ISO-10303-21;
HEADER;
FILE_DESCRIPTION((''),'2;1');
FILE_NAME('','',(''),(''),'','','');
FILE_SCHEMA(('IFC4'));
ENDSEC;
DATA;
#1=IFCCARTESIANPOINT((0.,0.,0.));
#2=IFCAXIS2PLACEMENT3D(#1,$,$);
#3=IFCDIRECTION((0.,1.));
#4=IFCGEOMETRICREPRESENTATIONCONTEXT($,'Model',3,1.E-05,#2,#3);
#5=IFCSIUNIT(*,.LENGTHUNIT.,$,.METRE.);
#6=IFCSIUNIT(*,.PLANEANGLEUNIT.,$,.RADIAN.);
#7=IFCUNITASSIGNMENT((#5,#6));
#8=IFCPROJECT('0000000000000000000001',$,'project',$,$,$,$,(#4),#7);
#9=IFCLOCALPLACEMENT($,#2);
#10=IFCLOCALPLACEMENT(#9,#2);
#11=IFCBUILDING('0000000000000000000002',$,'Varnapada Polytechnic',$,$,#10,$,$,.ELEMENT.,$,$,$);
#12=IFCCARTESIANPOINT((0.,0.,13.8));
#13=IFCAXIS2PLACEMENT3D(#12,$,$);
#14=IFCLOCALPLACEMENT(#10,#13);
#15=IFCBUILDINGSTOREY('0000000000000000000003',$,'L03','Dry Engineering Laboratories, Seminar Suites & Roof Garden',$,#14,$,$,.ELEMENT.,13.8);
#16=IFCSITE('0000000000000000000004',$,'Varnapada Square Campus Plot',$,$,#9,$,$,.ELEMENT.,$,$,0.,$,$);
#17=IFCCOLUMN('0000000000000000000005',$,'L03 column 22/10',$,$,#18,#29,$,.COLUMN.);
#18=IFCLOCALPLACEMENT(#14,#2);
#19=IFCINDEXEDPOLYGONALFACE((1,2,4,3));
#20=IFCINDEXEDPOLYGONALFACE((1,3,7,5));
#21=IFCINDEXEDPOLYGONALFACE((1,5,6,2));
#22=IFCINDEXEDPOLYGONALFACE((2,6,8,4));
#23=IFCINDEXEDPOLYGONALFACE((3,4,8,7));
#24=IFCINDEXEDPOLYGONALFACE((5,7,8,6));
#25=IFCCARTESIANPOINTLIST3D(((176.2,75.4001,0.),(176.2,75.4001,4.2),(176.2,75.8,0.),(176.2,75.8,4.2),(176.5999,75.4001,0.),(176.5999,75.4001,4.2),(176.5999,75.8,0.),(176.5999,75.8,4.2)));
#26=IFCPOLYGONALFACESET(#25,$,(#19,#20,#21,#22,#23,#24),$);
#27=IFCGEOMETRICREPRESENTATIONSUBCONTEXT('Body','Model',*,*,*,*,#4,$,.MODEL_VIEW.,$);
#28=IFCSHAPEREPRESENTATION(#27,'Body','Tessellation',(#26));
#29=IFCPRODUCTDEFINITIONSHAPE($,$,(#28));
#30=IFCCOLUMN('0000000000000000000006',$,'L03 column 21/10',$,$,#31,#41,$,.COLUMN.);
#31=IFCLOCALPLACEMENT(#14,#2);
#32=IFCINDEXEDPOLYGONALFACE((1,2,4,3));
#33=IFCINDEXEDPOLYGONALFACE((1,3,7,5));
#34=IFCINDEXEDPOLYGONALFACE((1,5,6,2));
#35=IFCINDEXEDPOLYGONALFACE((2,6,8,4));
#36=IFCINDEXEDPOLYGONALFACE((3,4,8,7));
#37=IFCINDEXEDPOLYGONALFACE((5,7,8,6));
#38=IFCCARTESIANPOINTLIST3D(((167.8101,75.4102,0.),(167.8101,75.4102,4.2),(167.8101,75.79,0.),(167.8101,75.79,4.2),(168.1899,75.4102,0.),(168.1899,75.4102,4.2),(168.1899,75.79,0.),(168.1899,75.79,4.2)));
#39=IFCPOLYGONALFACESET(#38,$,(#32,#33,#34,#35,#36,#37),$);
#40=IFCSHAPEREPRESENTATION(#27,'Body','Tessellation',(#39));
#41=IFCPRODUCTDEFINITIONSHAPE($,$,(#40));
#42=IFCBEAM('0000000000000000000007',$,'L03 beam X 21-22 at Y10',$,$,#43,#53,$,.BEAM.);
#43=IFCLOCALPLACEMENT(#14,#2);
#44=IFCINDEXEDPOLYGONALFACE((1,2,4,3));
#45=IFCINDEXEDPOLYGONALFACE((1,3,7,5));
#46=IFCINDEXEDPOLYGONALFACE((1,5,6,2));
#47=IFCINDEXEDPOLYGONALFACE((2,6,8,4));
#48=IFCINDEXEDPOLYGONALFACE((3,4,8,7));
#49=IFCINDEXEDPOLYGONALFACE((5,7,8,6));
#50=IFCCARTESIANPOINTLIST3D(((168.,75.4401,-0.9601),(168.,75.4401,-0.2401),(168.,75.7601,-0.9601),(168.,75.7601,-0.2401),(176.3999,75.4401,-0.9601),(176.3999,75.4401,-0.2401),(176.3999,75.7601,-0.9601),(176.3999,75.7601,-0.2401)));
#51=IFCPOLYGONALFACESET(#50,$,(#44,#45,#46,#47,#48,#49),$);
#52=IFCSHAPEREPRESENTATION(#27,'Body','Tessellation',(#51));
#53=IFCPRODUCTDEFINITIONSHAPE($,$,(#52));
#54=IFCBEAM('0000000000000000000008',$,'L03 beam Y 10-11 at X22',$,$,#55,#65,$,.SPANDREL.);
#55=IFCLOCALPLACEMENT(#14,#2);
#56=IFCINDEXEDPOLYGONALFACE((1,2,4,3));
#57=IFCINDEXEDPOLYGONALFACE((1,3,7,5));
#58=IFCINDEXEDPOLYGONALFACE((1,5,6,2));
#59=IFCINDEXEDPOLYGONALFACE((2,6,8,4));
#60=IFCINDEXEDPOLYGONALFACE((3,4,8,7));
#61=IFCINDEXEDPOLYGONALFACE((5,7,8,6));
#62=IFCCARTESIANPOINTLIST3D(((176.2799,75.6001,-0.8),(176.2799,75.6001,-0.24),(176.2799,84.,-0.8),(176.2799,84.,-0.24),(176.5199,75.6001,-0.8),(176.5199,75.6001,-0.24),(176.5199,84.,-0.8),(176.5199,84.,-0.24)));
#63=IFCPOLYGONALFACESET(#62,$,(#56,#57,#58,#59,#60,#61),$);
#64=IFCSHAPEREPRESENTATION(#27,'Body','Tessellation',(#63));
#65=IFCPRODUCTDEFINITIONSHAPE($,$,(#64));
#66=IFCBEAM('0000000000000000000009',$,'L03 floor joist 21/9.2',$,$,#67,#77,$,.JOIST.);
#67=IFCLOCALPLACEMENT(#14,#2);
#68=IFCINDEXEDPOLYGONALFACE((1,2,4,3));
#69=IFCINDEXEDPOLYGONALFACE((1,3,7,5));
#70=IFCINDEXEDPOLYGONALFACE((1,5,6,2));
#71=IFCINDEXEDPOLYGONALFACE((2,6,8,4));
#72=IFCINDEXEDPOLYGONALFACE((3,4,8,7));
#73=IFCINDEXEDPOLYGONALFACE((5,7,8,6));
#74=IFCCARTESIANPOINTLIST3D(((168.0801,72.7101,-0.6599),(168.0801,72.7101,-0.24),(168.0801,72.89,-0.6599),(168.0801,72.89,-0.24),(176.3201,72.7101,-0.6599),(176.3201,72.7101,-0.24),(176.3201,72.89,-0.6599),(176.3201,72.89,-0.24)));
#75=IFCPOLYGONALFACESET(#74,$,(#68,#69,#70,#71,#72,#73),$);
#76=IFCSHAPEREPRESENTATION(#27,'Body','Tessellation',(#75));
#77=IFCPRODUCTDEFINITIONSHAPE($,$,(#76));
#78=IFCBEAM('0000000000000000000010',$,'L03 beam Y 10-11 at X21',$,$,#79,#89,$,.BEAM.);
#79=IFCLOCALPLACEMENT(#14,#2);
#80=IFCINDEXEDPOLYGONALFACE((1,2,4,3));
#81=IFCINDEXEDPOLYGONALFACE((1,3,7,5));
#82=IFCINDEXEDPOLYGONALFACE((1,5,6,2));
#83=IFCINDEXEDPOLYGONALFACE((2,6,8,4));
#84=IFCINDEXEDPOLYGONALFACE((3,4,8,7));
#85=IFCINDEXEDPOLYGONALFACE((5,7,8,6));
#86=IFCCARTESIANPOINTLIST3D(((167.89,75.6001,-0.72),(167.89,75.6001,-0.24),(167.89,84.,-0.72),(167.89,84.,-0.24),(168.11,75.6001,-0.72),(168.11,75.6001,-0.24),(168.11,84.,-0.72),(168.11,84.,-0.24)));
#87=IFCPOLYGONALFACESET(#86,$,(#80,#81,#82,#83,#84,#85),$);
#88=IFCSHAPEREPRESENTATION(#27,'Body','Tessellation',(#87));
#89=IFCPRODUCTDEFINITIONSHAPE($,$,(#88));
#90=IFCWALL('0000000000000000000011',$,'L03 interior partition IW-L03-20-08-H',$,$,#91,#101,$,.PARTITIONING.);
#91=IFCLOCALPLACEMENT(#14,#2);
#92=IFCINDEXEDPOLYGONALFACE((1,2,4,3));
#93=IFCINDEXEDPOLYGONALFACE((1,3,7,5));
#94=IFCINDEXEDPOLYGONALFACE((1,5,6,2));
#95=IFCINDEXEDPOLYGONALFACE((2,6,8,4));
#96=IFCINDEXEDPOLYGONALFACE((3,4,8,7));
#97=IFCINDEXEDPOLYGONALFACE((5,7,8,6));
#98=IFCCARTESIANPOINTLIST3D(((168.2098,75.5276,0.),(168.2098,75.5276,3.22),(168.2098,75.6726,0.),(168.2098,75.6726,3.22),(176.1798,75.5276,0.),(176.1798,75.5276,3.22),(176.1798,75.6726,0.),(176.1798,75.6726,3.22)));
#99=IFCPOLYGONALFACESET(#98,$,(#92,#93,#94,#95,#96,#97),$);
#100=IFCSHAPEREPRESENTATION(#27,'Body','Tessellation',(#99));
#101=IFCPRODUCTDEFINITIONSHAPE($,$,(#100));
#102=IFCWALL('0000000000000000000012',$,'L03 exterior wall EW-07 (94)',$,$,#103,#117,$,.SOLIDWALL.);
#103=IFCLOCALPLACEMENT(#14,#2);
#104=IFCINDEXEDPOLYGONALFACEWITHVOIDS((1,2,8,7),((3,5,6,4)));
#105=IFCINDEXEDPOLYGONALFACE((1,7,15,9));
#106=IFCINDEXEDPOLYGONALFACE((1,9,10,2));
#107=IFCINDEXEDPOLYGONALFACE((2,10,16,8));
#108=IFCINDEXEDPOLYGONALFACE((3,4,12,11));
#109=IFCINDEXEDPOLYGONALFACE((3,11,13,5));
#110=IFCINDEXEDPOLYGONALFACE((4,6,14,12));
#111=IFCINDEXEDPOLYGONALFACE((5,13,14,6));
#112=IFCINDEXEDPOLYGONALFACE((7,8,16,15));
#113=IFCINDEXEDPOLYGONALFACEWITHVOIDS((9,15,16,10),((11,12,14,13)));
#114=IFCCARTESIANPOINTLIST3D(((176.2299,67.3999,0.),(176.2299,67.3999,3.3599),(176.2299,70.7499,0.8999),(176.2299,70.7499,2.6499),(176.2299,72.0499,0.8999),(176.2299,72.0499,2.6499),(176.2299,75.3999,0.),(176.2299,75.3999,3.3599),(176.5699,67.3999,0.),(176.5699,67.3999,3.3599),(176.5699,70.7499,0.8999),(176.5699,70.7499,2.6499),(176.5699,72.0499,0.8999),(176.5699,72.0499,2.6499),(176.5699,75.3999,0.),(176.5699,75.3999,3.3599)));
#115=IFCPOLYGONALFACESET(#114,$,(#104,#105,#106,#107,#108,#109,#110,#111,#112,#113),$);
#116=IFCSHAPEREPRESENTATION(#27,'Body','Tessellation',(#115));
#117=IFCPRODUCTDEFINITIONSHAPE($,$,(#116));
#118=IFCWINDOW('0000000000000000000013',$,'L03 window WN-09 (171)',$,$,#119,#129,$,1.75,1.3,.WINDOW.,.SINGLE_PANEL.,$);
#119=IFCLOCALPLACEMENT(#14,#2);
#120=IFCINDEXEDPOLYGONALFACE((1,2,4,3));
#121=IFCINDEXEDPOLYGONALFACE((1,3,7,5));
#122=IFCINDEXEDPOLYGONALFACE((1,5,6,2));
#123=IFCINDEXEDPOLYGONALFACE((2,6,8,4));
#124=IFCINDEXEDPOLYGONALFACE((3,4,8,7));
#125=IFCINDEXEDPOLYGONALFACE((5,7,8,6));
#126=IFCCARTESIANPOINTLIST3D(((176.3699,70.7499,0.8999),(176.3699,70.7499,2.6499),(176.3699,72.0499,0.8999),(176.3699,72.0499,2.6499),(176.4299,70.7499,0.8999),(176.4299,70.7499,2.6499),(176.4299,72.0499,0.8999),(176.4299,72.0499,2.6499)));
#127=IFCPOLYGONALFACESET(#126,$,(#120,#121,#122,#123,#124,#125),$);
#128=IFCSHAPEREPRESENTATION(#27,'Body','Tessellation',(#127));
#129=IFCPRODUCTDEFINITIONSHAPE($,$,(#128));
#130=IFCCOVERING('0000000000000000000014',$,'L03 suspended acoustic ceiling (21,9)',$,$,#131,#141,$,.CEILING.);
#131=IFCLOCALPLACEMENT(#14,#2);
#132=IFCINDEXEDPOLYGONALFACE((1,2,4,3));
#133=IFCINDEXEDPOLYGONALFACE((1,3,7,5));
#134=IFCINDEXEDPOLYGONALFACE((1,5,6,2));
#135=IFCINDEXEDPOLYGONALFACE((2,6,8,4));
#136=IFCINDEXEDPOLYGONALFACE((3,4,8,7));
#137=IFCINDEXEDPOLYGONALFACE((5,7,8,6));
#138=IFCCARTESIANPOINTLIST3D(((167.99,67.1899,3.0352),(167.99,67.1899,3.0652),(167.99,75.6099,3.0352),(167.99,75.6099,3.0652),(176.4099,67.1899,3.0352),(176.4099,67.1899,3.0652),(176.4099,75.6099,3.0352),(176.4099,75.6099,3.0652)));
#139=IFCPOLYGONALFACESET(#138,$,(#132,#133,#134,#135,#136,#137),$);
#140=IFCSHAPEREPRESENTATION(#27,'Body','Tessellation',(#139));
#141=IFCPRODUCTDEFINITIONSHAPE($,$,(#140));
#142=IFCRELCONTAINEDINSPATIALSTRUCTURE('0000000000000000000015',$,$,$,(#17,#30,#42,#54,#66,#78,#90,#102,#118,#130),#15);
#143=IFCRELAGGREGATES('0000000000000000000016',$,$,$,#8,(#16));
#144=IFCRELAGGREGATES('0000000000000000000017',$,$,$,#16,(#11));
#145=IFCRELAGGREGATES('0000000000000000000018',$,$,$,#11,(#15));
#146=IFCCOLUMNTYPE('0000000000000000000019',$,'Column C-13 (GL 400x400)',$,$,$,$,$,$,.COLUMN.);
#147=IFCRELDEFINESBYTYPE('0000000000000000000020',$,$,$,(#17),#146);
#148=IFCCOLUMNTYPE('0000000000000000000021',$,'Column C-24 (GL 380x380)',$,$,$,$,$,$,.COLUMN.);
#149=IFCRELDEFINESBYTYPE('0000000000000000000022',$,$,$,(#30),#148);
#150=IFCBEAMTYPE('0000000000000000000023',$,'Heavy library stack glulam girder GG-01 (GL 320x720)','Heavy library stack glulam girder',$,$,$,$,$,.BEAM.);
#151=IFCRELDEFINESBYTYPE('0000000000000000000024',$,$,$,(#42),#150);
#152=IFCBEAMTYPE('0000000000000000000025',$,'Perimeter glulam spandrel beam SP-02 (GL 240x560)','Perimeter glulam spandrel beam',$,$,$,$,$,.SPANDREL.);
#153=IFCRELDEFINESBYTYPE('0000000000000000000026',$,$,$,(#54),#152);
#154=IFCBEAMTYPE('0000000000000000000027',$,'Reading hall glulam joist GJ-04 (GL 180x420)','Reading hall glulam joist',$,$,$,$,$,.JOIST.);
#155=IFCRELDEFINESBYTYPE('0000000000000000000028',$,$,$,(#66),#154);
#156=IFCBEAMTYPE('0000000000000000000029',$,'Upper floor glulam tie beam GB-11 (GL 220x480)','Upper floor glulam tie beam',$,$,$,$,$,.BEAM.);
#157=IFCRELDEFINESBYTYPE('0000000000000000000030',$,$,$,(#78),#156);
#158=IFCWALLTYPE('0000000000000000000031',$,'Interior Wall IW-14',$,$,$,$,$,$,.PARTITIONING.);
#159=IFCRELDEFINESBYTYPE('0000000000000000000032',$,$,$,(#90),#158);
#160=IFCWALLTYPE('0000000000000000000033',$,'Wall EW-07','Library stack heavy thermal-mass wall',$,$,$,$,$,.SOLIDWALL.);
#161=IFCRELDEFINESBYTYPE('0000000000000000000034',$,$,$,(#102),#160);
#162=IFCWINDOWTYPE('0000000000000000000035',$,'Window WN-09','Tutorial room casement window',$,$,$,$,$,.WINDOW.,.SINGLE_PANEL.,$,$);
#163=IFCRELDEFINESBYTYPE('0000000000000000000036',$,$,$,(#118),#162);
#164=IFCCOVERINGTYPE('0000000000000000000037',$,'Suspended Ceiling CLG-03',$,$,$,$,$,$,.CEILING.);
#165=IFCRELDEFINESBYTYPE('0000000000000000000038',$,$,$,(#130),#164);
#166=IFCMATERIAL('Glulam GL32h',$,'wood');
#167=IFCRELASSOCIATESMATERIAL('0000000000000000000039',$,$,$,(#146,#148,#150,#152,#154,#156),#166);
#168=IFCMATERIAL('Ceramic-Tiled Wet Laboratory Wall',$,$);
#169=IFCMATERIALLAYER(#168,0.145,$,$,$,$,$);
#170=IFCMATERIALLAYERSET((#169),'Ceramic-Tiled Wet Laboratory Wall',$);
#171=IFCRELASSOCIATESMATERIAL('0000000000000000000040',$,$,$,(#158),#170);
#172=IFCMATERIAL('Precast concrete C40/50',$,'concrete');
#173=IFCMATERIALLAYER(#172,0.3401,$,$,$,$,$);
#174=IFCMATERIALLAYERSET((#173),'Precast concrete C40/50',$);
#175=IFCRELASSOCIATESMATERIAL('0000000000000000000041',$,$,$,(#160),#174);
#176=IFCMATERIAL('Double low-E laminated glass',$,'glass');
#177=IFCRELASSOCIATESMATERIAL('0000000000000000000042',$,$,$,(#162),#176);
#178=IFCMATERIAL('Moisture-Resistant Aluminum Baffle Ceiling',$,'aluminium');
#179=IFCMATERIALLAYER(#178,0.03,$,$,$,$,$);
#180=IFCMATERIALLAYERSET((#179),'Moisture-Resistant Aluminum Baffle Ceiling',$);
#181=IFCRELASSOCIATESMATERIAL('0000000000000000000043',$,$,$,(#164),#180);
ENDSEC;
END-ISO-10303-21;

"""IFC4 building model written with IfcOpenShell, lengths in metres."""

from ifc_helpers import new_model, si_unit, direction, frame, frame_2d, origin, origin_2d, place, context, subcontext, project, spatial, rectangle, extrude, material, layer, layer_set, material_profile, profile_set, type_object, element, fill, save


model = new_model("IFC4")

# Units and contexts
model_context = context("Model", 3, precision=1e-05, world=origin(), true_north=direction((0.0, 1.0)))
body_context = subcontext(model_context, "Body", "Model", "MODEL_VIEW")
ifc_project = project(units=[si_unit("LENGTHUNIT", "METRE"), si_unit("PLANEANGLEUNIT", "RADIAN")], contexts=[model_context])

# Site, building, storey
site_placement = place(None, origin())
site = spatial("IfcSite", under=ifc_project, at=site_placement, Name="Varnapada Square Campus Plot", CompositionType="ELEMENT", RefElevation=0.0)
building_placement = place(site_placement, origin())
building = spatial("IfcBuilding", under=site, at=building_placement, Name="Varnapada Polytechnic", CompositionType="ELEMENT")
storey_placement = place(building_placement, frame((0.0, 0.0, 13.8)))
storey = spatial("IfcBuildingStorey", under=building, at=storey_placement, Name="L03", Description="Dry Engineering Laboratories, Seminar Suites & Roof Garden", CompositionType="ELEMENT", Elevation=13.8)

# Columns
ifc_material_1 = material(Name="Glulam GL32h", Category="wood")
ifc_material_profile_1 = material_profile(ifc_material_1, rectangle(XDim=0.3999, YDim=0.3999, at=origin_2d()), Name="GL 400x400")
ifc_profile_set_1 = profile_set([ifc_material_profile_1], Name="Glulam GL32h")
column_type_1 = type_object("IfcColumnType", Name="Column C-13 (GL 400x400)", PredefinedType="COLUMN", material=ifc_profile_set_1)
column_1_placement = place(storey_placement, frame((176.3999, 75.6001, 0.0), z_axis=(0.0, 0.0, 1.0), x_axis=(1.0, 0.0, 0.0)))
element("IfcColumn", 1, at=column_1_placement, inside=storey, type_object=column_type_1, Name="L03 column 22/10", PredefinedType="COLUMN", context=body_context, shape_type="SweptSolid", body=[
    extrude(rectangle(XDim=0.3999, YDim=0.3999, at=origin_2d()), origin(), (0.0, 0.0, 1.0), 4.2),
])
ifc_material_profile_2 = material_profile(ifc_material_1, rectangle(XDim=0.3799, YDim=0.3799, at=origin_2d()), Name="GL 380x380")
ifc_profile_set_2 = profile_set([ifc_material_profile_2], Name="Glulam GL32h")
column_type_2 = type_object("IfcColumnType", Name="Column C-24 (GL 380x380)", PredefinedType="COLUMN", material=ifc_profile_set_2)
column_2_placement = place(storey_placement, frame((168.0, 75.6001, 0.0), z_axis=(0.0, 0.0, 1.0), x_axis=(1.0, 0.0, 0.0)))
element("IfcColumn", 2, at=column_2_placement, inside=storey, type_object=column_type_2, Name="L03 column 21/10", PredefinedType="COLUMN", context=body_context, shape_type="SweptSolid", body=[
    extrude(rectangle(XDim=0.3799, YDim=0.3799, at=origin_2d()), origin(), (0.0, 0.0, 1.0), 4.2),
])

# Beams
ifc_material_profile_3 = material_profile(ifc_material_1, rectangle(XDim=0.3201, YDim=0.72, at=origin_2d()), Name="GL 320x720")
ifc_profile_set_3 = profile_set([ifc_material_profile_3], Name="Glulam GL32h")
beam_type_1 = type_object("IfcBeamType", Name="Heavy library stack glulam girder GG-01 (GL 320x720)", Description="Heavy library stack glulam girder", PredefinedType="BEAM", material=ifc_profile_set_3)
beam_1_placement = place(storey_placement, frame((168.0, 75.6001, -0.6001), z_axis=(1.0, 0.0, 0.0), x_axis=(0.0, 1.0, 0.0)))
element("IfcBeam", 3, at=beam_1_placement, inside=storey, type_object=beam_type_1, Name="L03 beam X 21-22 at Y10", PredefinedType="BEAM", context=body_context, shape_type="SweptSolid", body=[
    extrude(rectangle(XDim=0.3201, YDim=0.72, at=origin_2d()), origin(), (0.0, 0.0, 1.0), 8.3999),
])
ifc_material_profile_4 = material_profile(ifc_material_1, rectangle(XDim=0.24, YDim=0.5601, at=origin_2d()), Name="GL 240x560")
ifc_profile_set_4 = profile_set([ifc_material_profile_4], Name="Glulam GL32h")
beam_type_2 = type_object("IfcBeamType", Name="Perimeter glulam spandrel beam SP-02 (GL 240x560)", Description="Perimeter glulam spandrel beam", PredefinedType="SPANDREL", material=ifc_profile_set_4)
beam_2_placement = place(storey_placement, frame((176.3999, 75.6001, -0.52), z_axis=(0.0, 1.0, 0.0), x_axis=(-1.0, 0.0, 0.0)))
element("IfcBeam", 4, at=beam_2_placement, inside=storey, type_object=beam_type_2, Name="L03 beam Y 10-11 at X22", PredefinedType="SPANDREL", context=body_context, shape_type="SweptSolid", body=[
    extrude(rectangle(XDim=0.24, YDim=0.5601, at=origin_2d()), origin(), (0.0, 0.0, 1.0), 8.3999),
])
ifc_material_profile_5 = material_profile(ifc_material_1, rectangle(XDim=0.1799, YDim=0.4199, at=origin_2d()), Name="GL 180x420")
ifc_profile_set_5 = profile_set([ifc_material_profile_5], Name="Glulam GL32h")
beam_type_3 = type_object("IfcBeamType", Name="Reading hall glulam joist GJ-04 (GL 180x420)", Description="Reading hall glulam joist", PredefinedType="JOIST", material=ifc_profile_set_5)
beam_3_placement = place(storey_placement, frame((168.0801, 72.8, -0.45), z_axis=(1.0, 0.0, 0.0), x_axis=(0.0, 1.0, 0.0)))
element("IfcBeam", 5, at=beam_3_placement, inside=storey, type_object=beam_type_3, Name="L03 floor joist 21/9.2", PredefinedType="JOIST", context=body_context, shape_type="SweptSolid", body=[
    extrude(rectangle(XDim=0.1799, YDim=0.4199, at=origin_2d()), origin(), (0.0, 0.0, 1.0), 8.24),
])
ifc_material_profile_6 = material_profile(ifc_material_1, rectangle(XDim=0.22, YDim=0.48, at=origin_2d()), Name="GL 220x480")
ifc_profile_set_6 = profile_set([ifc_material_profile_6], Name="Glulam GL32h")
beam_type_4 = type_object("IfcBeamType", Name="Upper floor glulam tie beam GB-11 (GL 220x480)", Description="Upper floor glulam tie beam", PredefinedType="BEAM", material=ifc_profile_set_6)
beam_4_placement = place(storey_placement, frame((168.0, 75.6001, -0.48), z_axis=(0.0, 1.0, 0.0), x_axis=(-1.0, 0.0, 0.0)))
element("IfcBeam", 6, at=beam_4_placement, inside=storey, type_object=beam_type_4, Name="L03 beam Y 10-11 at X21", PredefinedType="BEAM", context=body_context, shape_type="SweptSolid", body=[
    extrude(rectangle(XDim=0.22, YDim=0.48, at=origin_2d()), origin(), (0.0, 0.0, 1.0), 8.3999),
])

# Wall
ifc_material_2 = material(Name="Ceramic-Tiled Wet Laboratory Wall")
ifc_layer_1 = layer(ifc_material_2, 0.145)
ifc_layer_set_1 = layer_set([ifc_layer_1], Name="Ceramic-Tiled Wet Laboratory Wall")
wall_type_1 = type_object("IfcWallType", Name="Interior Wall IW-14", PredefinedType="PARTITIONING", material=ifc_layer_set_1)
wall_1_placement = place(storey_placement, frame((168.21, 75.6001, 0.0), z_axis=(0.0, 0.0, 1.0), x_axis=(1.0, 0.0, 0.0)))
element("IfcWall", 7, at=wall_1_placement, inside=storey, type_object=wall_type_1, Name="L03 interior partition IW-L03-20-08-H", PredefinedType="PARTITIONING", context=body_context, shape_type="SweptSolid", body=[
    extrude(rectangle(XDim=7.97, YDim=0.145, at=frame_2d((3.9849, 0.0))), origin(), (0.0, 0.0, 1.0), 3.22),
])

# Wall, opening, window
ifc_material_3 = material(Name="Precast concrete C40/50", Category="concrete")
ifc_layer_2 = layer(ifc_material_3, 0.3401)
ifc_layer_set_2 = layer_set([ifc_layer_2], Name="Precast concrete C40/50")
wall_type_2 = type_object("IfcWallType", Name="Wall EW-07", Description="Library stack heavy thermal-mass wall", PredefinedType="SOLIDWALL", material=ifc_layer_set_2)
wall_2_placement = place(storey_placement, frame((176.3999, 75.3999, 0.0), z_axis=(0.0, 0.0, 1.0), x_axis=(0.0, -1.0, 0.0)))
wall_2 = element("IfcWall", 8, at=wall_2_placement, inside=storey, type_object=wall_type_2, Name="L03 exterior wall EW-07 (94)", PredefinedType="SOLIDWALL", context=body_context, shape_type="SweptSolid", body=[
    extrude(rectangle(XDim=8.0, YDim=0.3401, at=frame_2d((4.0, 0.0))), origin(), (0.0, 0.0, 1.0), 3.3599),
])
opening_1_placement = place(wall_2_placement, frame((3.3501, 0.0, 0.8999)))
opening_1 = element("IfcOpeningElement", 9, at=opening_1_placement, cuts=wall_2, PredefinedType="OPENING", context=body_context, shape_type="SweptSolid", body=[
    extrude(rectangle(XDim=1.3, YDim=1.75, at=frame_2d((0.6499, 0.875))), frame((0.0, 0.1799, 0.0), z_axis=(0.0, -1.0, 0.0), x_axis=(1.0, 0.0, 0.0)), (0.0, 0.0, 1.0), 0.3601),
])
ifc_material_4 = material(Name="Double low-E laminated glass", Category="glass")
window_type = type_object("IfcWindowType", Name="Window WN-09", Description="Tutorial room casement window", PartitioningType="SINGLE_PANEL", PredefinedType="WINDOW", material=ifc_material_4)
window_placement = place(opening_1_placement, origin())
window = element("IfcWindow", 10, at=window_placement, inside=storey, type_object=window_type, Name="L03 window WN-09 (171)", OverallHeight=1.75, OverallWidth=1.3, PartitioningType="SINGLE_PANEL", PredefinedType="WINDOW", context=body_context, shape_type="SweptSolid", body=[
    extrude(rectangle(XDim=1.3, YDim=1.75, at=frame_2d((0.6499, 0.875))), frame((0.0, 0.03, 0.0), z_axis=(0.0, -1.0, 0.0), x_axis=(1.0, 0.0, 0.0)), (0.0, 0.0, 1.0), 0.0601),
])
fill(opening_1, window)

# Covering
ifc_material_5 = material(Name="Moisture-Resistant Aluminum Baffle Ceiling", Category="aluminium")
ifc_layer_3 = layer(ifc_material_5, 0.03)
ifc_layer_set_3 = layer_set([ifc_layer_3], Name="Moisture-Resistant Aluminum Baffle Ceiling")
covering_type_1 = type_object("IfcCoveringType", Name="Suspended Ceiling CLG-03", PredefinedType="CEILING", material=ifc_layer_set_3)
covering_1_placement = place(storey_placement, frame((172.2, 71.3999, 3.0352), z_axis=(0.0, 0.0, 1.0), x_axis=(1.0, 0.0, 0.0)))
element("IfcCovering", 11, at=covering_1_placement, inside=storey, type_object=covering_type_1, Name="L03 suspended acoustic ceiling (21,9)", PredefinedType="CEILING", context=body_context, shape_type="SweptSolid", body=[
    extrude(rectangle(XDim=8.4199, YDim=8.4199, at=origin_2d()), origin(), (0.0, 0.0, 1.0), 0.03),
])

save(model, "model.ifc")
